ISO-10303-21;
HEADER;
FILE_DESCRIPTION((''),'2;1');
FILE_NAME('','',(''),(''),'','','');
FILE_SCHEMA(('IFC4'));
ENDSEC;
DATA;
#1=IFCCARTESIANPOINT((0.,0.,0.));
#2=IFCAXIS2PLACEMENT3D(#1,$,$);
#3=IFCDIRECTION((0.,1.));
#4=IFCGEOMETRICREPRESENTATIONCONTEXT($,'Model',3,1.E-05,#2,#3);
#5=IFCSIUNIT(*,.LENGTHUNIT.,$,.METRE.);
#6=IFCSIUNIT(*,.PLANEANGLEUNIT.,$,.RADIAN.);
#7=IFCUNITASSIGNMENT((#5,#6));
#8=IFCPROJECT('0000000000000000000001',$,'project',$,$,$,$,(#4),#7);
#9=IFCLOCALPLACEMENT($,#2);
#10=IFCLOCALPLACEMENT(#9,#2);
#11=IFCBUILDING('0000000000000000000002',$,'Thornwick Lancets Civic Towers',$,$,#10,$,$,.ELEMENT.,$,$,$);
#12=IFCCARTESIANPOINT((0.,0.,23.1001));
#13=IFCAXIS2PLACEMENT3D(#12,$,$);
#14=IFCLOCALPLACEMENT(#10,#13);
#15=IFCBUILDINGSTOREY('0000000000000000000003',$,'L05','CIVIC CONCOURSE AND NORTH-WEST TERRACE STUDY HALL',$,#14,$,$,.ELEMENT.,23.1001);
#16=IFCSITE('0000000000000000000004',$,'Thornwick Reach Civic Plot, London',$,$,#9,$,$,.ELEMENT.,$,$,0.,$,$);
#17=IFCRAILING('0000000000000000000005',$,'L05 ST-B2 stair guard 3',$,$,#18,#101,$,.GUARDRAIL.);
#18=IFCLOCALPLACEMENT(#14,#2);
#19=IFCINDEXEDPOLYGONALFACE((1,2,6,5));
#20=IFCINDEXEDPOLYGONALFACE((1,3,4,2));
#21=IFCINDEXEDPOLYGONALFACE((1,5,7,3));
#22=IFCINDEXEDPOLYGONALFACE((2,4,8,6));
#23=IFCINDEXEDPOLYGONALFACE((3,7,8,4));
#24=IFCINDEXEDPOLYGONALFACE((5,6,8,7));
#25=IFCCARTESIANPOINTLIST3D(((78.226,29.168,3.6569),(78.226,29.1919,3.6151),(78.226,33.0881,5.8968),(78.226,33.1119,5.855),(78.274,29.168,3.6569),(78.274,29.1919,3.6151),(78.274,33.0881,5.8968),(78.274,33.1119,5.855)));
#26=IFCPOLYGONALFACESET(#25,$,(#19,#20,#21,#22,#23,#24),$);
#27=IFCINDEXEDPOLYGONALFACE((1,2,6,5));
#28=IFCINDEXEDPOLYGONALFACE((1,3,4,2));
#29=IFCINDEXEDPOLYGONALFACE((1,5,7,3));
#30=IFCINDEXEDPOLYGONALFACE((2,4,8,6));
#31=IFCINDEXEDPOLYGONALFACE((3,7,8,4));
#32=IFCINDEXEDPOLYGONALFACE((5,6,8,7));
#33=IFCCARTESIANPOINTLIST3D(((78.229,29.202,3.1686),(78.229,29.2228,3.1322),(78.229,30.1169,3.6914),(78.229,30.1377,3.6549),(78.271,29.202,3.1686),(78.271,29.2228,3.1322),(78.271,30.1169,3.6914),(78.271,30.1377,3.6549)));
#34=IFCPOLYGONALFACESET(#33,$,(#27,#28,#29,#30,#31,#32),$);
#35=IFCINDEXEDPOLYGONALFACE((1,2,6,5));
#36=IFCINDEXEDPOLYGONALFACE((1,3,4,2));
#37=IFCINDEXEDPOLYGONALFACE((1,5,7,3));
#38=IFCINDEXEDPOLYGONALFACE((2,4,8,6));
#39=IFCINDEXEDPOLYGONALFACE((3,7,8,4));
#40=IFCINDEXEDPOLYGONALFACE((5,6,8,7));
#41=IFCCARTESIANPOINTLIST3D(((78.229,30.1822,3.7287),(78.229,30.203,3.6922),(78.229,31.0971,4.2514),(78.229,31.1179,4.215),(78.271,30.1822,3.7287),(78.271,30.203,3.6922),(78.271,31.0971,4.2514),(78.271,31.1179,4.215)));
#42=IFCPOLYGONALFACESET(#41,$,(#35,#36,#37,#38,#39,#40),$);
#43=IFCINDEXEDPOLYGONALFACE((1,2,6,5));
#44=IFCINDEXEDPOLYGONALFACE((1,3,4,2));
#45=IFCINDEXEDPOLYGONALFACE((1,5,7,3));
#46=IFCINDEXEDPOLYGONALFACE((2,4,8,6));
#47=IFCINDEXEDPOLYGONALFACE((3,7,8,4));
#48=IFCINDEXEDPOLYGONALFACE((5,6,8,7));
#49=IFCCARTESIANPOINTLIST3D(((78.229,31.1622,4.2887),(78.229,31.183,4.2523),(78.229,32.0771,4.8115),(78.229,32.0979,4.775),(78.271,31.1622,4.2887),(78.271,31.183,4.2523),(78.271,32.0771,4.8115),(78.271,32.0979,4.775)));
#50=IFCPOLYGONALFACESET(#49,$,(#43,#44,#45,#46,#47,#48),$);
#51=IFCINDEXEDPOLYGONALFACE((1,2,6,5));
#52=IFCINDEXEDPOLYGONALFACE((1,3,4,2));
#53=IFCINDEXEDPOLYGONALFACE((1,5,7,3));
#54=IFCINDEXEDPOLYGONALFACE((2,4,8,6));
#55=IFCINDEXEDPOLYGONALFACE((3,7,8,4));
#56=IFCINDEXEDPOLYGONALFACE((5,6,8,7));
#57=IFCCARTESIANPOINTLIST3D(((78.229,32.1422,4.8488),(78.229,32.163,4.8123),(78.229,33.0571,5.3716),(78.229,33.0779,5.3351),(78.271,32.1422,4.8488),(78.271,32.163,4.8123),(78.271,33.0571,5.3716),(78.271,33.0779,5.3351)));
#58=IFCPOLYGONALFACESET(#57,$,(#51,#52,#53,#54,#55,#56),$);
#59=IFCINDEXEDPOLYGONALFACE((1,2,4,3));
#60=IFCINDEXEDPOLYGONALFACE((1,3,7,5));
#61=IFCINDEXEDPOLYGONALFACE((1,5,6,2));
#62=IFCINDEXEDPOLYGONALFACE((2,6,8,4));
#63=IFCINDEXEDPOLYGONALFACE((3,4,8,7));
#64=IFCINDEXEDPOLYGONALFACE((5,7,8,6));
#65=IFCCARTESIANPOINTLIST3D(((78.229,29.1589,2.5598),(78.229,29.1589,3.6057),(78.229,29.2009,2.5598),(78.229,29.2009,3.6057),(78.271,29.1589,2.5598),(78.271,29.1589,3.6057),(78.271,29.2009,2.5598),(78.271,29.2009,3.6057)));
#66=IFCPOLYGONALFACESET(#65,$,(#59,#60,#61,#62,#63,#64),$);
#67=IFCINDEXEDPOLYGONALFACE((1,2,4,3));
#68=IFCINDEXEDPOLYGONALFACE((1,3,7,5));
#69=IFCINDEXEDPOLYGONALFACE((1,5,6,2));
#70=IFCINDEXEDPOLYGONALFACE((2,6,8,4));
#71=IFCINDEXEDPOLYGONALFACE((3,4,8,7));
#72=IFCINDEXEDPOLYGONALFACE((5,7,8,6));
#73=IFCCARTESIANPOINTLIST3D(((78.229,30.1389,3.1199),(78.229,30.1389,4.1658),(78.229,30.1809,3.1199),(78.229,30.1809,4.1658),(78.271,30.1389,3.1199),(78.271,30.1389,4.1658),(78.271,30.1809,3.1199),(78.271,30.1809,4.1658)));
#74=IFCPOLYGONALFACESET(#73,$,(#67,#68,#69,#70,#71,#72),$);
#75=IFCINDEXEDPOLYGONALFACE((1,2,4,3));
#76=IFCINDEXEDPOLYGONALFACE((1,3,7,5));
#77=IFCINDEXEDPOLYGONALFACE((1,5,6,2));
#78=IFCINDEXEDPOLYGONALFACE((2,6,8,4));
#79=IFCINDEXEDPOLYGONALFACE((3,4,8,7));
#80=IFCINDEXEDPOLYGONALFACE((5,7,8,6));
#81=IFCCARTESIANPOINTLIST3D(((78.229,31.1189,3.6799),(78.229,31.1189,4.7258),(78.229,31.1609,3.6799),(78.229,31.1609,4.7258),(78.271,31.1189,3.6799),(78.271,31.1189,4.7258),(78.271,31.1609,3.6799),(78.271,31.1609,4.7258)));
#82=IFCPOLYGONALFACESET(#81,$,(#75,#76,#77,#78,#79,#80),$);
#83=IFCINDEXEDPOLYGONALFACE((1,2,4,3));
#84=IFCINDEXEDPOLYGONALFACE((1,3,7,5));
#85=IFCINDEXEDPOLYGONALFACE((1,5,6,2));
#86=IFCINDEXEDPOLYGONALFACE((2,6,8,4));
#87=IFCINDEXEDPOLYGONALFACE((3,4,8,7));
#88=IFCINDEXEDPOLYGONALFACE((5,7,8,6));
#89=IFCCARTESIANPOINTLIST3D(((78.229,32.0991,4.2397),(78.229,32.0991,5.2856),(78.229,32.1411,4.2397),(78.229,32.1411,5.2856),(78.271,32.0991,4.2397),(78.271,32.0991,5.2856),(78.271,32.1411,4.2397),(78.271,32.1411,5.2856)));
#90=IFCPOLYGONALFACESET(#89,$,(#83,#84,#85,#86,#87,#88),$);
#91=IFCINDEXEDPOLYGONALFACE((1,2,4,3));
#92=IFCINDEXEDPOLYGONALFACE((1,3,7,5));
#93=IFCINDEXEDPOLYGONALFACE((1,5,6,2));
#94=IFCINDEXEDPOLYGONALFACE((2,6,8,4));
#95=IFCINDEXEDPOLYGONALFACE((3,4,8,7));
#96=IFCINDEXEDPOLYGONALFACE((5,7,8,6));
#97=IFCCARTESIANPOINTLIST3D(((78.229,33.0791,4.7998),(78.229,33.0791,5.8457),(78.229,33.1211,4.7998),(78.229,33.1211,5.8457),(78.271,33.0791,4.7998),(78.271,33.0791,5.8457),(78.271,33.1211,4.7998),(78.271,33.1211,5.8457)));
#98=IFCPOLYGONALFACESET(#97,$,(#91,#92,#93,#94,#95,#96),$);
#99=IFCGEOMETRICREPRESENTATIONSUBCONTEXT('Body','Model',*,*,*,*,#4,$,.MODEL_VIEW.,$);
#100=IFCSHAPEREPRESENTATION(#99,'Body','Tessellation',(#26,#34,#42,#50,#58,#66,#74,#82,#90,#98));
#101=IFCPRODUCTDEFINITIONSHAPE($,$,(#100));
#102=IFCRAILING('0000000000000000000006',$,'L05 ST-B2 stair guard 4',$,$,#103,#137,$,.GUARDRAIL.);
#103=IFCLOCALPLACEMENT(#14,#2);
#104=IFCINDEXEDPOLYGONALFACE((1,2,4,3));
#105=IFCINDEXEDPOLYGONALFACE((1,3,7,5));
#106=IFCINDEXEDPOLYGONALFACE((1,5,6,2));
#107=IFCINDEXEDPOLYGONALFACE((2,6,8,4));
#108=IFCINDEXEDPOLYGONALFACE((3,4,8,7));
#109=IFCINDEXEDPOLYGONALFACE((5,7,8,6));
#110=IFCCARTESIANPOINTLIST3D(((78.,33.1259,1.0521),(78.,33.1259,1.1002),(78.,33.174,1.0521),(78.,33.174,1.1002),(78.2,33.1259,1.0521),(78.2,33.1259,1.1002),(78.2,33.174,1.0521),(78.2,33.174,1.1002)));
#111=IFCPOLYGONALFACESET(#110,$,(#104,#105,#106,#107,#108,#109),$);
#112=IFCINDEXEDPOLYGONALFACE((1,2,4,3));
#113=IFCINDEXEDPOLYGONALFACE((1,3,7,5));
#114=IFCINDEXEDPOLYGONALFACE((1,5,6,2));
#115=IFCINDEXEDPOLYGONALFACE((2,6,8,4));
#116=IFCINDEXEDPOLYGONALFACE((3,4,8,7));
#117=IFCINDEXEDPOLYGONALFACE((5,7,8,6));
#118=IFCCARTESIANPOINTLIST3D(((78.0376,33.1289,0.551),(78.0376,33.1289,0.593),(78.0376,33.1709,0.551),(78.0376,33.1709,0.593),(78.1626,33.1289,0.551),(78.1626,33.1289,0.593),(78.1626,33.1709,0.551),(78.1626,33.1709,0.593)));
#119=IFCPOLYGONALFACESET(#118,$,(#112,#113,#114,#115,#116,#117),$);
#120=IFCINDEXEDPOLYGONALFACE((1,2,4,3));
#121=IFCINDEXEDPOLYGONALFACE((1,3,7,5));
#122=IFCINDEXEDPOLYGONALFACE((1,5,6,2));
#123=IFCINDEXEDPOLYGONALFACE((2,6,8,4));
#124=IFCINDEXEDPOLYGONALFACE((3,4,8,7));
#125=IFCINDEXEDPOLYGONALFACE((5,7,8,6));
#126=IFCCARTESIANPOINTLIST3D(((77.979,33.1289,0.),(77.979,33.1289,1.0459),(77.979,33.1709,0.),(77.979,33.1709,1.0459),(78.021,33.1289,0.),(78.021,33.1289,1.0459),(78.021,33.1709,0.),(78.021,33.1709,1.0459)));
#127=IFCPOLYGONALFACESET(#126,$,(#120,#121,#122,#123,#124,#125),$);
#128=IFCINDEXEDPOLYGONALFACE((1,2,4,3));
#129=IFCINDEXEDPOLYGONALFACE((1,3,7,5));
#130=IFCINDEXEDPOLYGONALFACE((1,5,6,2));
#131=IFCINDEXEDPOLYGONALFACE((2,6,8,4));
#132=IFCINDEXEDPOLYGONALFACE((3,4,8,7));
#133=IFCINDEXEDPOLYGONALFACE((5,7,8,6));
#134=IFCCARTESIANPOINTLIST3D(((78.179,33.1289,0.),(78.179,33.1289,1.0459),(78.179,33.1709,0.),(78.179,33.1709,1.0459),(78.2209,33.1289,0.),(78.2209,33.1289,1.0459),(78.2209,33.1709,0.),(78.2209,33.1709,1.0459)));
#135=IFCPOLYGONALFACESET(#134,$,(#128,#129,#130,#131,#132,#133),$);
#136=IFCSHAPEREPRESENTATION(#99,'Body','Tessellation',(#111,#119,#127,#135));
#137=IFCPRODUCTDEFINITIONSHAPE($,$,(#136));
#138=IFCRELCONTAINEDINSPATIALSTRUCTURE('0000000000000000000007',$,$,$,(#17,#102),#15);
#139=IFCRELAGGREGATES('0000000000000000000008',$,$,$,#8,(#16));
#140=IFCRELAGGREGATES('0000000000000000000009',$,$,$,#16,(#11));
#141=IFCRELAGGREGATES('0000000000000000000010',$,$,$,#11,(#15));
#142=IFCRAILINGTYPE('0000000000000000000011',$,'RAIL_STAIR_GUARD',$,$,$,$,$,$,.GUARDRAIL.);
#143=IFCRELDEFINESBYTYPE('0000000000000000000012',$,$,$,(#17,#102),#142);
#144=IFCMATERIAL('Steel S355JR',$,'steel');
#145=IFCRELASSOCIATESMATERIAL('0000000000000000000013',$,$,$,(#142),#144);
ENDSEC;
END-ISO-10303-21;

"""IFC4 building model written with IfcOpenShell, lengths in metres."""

from ifc_helpers import new_model, si_unit, direction, frame, origin, origin_2d, place, context, subcontext, project, spatial, rectangle, extrude, material, type_object, element, save


model = new_model("IFC4")

# Units and contexts
model_context = context("Model", 3, precision=1e-05, world=origin(), true_north=direction((0.0, 1.0)))
body_context = subcontext(model_context, "Body", "Model", "MODEL_VIEW")
ifc_project = project(units=[si_unit("LENGTHUNIT", "METRE"), si_unit("PLANEANGLEUNIT", "RADIAN")], contexts=[model_context])

# Site, building, storey
site_placement = place(None, origin())
site = spatial("IfcSite", under=ifc_project, at=site_placement, Name="Thornwick Reach Civic Plot, London", CompositionType="ELEMENT", RefElevation=0.0)
building_placement = place(site_placement, origin())
building = spatial("IfcBuilding", under=site, at=building_placement, Name="Thornwick Lancets Civic Towers", CompositionType="ELEMENT")
storey_placement = place(building_placement, frame((0.0, 0.0, 23.1001)))
storey = spatial("IfcBuildingStorey", under=building, at=storey_placement, Name="L05", Description="CIVIC CONCOURSE AND NORTH-WEST TERRACE STUDY HALL", CompositionType="ELEMENT", Elevation=23.1001)

# Railings
ifc_material_1 = material(Name="Steel S355JR", Category="steel")
railing_type_1 = type_object("IfcRailingType", Name="RAIL_STAIR_GUARD", PredefinedType="GUARDRAIL", material=ifc_material_1)
railing_1_placement = place(storey_placement, frame((78.25, 29.1799, 2.5598)))
element("IfcRailing", 1, at=railing_1_placement, inside=storey, type_object=railing_type_1, Name="L05 ST-B2 stair guard 3", PredefinedType="GUARDRAIL", context=body_context, shape_type="SweptSolid", body=[
    extrude(rectangle(XDim=0.0481, YDim=0.0481, at=origin_2d()), frame((0.0, 0.0, 1.0762), z_axis=(0.0, 0.868253, 0.496121), x_axis=(-1.0, 0.0, 0.0)), (0.0, 0.0, 1.0), 4.5149),
    extrude(rectangle(XDim=0.042, YDim=0.042, at=origin_2d()), frame((0.0, 0.0325, 0.5906), z_axis=(0.0, 0.868253, 0.496121), x_axis=(-1.0, 0.0, 0.0)), (0.0, 0.0, 1.0), 1.0537),
    extrude(rectangle(XDim=0.042, YDim=0.042, at=origin_2d()), frame((0.0, 1.0127, 1.1506), z_axis=(0.0, 0.868253, 0.496121), x_axis=(-1.0, 0.0, 0.0)), (0.0, 0.0, 1.0), 1.0537),
    extrude(rectangle(XDim=0.042, YDim=0.042, at=origin_2d()), frame((0.0, 1.9927, 1.7107), z_axis=(0.0, 0.868253, 0.496121), x_axis=(-1.0, 0.0, 0.0)), (0.0, 0.0, 1.0), 1.0537),
    extrude(rectangle(XDim=0.042, YDim=0.042, at=origin_2d()), frame((0.0, 2.9727, 2.2708), z_axis=(0.0, 0.868253, 0.496121), x_axis=(-1.0, 0.0, 0.0)), (0.0, 0.0, 1.0), 1.0537),
    extrude(rectangle(XDim=0.042, YDim=0.042, at=origin_2d()), origin(), (0.0, 0.0, 1.0), 1.0459),
    extrude(rectangle(XDim=0.042, YDim=0.042, at=origin_2d()), frame((0.0, 0.98, 0.5601)), (0.0, 0.0, 1.0), 1.0459),
    extrude(rectangle(XDim=0.042, YDim=0.042, at=origin_2d()), frame((0.0, 1.96, 1.1201)), (0.0, 0.0, 1.0), 1.0459),
    extrude(rectangle(XDim=0.042, YDim=0.042, at=origin_2d()), frame((0.0, 2.9402, 1.6799)), (0.0, 0.0, 1.0), 1.0459),
    extrude(rectangle(XDim=0.042, YDim=0.042, at=origin_2d()), frame((0.0, 3.9202, 2.24)), (0.0, 0.0, 1.0), 1.0459),
])
railing_2_placement = place(storey_placement, frame((78.0, 33.1499, 0.0)))
element("IfcRailing", 2, at=railing_2_placement, inside=storey, type_object=railing_type_1, Name="L05 ST-B2 stair guard 4", PredefinedType="GUARDRAIL", context=body_context, shape_type="SweptSolid", body=[
    extrude(rectangle(XDim=0.0481, YDim=0.0481, at=origin_2d()), frame((0.0, 0.0, 1.0762), z_axis=(1.0, 0.0, 0.0), x_axis=(0.0, 1.0, 0.0)), (0.0, 0.0, 1.0), 0.2),
    extrude(rectangle(XDim=0.042, YDim=0.042, at=origin_2d()), frame((0.0376, 0.0, 0.572), z_axis=(1.0, 0.0, 0.0), x_axis=(0.0, 1.0, 0.0)), (0.0, 0.0, 1.0), 0.125),
    extrude(rectangle(XDim=0.042, YDim=0.042, at=origin_2d()), origin(), (0.0, 0.0, 1.0), 1.0459),
    extrude(rectangle(XDim=0.042, YDim=0.042, at=origin_2d()), frame((0.2, 0.0, 0.0)), (0.0, 0.0, 1.0), 1.0459),
])

save(model, "model.ifc")
